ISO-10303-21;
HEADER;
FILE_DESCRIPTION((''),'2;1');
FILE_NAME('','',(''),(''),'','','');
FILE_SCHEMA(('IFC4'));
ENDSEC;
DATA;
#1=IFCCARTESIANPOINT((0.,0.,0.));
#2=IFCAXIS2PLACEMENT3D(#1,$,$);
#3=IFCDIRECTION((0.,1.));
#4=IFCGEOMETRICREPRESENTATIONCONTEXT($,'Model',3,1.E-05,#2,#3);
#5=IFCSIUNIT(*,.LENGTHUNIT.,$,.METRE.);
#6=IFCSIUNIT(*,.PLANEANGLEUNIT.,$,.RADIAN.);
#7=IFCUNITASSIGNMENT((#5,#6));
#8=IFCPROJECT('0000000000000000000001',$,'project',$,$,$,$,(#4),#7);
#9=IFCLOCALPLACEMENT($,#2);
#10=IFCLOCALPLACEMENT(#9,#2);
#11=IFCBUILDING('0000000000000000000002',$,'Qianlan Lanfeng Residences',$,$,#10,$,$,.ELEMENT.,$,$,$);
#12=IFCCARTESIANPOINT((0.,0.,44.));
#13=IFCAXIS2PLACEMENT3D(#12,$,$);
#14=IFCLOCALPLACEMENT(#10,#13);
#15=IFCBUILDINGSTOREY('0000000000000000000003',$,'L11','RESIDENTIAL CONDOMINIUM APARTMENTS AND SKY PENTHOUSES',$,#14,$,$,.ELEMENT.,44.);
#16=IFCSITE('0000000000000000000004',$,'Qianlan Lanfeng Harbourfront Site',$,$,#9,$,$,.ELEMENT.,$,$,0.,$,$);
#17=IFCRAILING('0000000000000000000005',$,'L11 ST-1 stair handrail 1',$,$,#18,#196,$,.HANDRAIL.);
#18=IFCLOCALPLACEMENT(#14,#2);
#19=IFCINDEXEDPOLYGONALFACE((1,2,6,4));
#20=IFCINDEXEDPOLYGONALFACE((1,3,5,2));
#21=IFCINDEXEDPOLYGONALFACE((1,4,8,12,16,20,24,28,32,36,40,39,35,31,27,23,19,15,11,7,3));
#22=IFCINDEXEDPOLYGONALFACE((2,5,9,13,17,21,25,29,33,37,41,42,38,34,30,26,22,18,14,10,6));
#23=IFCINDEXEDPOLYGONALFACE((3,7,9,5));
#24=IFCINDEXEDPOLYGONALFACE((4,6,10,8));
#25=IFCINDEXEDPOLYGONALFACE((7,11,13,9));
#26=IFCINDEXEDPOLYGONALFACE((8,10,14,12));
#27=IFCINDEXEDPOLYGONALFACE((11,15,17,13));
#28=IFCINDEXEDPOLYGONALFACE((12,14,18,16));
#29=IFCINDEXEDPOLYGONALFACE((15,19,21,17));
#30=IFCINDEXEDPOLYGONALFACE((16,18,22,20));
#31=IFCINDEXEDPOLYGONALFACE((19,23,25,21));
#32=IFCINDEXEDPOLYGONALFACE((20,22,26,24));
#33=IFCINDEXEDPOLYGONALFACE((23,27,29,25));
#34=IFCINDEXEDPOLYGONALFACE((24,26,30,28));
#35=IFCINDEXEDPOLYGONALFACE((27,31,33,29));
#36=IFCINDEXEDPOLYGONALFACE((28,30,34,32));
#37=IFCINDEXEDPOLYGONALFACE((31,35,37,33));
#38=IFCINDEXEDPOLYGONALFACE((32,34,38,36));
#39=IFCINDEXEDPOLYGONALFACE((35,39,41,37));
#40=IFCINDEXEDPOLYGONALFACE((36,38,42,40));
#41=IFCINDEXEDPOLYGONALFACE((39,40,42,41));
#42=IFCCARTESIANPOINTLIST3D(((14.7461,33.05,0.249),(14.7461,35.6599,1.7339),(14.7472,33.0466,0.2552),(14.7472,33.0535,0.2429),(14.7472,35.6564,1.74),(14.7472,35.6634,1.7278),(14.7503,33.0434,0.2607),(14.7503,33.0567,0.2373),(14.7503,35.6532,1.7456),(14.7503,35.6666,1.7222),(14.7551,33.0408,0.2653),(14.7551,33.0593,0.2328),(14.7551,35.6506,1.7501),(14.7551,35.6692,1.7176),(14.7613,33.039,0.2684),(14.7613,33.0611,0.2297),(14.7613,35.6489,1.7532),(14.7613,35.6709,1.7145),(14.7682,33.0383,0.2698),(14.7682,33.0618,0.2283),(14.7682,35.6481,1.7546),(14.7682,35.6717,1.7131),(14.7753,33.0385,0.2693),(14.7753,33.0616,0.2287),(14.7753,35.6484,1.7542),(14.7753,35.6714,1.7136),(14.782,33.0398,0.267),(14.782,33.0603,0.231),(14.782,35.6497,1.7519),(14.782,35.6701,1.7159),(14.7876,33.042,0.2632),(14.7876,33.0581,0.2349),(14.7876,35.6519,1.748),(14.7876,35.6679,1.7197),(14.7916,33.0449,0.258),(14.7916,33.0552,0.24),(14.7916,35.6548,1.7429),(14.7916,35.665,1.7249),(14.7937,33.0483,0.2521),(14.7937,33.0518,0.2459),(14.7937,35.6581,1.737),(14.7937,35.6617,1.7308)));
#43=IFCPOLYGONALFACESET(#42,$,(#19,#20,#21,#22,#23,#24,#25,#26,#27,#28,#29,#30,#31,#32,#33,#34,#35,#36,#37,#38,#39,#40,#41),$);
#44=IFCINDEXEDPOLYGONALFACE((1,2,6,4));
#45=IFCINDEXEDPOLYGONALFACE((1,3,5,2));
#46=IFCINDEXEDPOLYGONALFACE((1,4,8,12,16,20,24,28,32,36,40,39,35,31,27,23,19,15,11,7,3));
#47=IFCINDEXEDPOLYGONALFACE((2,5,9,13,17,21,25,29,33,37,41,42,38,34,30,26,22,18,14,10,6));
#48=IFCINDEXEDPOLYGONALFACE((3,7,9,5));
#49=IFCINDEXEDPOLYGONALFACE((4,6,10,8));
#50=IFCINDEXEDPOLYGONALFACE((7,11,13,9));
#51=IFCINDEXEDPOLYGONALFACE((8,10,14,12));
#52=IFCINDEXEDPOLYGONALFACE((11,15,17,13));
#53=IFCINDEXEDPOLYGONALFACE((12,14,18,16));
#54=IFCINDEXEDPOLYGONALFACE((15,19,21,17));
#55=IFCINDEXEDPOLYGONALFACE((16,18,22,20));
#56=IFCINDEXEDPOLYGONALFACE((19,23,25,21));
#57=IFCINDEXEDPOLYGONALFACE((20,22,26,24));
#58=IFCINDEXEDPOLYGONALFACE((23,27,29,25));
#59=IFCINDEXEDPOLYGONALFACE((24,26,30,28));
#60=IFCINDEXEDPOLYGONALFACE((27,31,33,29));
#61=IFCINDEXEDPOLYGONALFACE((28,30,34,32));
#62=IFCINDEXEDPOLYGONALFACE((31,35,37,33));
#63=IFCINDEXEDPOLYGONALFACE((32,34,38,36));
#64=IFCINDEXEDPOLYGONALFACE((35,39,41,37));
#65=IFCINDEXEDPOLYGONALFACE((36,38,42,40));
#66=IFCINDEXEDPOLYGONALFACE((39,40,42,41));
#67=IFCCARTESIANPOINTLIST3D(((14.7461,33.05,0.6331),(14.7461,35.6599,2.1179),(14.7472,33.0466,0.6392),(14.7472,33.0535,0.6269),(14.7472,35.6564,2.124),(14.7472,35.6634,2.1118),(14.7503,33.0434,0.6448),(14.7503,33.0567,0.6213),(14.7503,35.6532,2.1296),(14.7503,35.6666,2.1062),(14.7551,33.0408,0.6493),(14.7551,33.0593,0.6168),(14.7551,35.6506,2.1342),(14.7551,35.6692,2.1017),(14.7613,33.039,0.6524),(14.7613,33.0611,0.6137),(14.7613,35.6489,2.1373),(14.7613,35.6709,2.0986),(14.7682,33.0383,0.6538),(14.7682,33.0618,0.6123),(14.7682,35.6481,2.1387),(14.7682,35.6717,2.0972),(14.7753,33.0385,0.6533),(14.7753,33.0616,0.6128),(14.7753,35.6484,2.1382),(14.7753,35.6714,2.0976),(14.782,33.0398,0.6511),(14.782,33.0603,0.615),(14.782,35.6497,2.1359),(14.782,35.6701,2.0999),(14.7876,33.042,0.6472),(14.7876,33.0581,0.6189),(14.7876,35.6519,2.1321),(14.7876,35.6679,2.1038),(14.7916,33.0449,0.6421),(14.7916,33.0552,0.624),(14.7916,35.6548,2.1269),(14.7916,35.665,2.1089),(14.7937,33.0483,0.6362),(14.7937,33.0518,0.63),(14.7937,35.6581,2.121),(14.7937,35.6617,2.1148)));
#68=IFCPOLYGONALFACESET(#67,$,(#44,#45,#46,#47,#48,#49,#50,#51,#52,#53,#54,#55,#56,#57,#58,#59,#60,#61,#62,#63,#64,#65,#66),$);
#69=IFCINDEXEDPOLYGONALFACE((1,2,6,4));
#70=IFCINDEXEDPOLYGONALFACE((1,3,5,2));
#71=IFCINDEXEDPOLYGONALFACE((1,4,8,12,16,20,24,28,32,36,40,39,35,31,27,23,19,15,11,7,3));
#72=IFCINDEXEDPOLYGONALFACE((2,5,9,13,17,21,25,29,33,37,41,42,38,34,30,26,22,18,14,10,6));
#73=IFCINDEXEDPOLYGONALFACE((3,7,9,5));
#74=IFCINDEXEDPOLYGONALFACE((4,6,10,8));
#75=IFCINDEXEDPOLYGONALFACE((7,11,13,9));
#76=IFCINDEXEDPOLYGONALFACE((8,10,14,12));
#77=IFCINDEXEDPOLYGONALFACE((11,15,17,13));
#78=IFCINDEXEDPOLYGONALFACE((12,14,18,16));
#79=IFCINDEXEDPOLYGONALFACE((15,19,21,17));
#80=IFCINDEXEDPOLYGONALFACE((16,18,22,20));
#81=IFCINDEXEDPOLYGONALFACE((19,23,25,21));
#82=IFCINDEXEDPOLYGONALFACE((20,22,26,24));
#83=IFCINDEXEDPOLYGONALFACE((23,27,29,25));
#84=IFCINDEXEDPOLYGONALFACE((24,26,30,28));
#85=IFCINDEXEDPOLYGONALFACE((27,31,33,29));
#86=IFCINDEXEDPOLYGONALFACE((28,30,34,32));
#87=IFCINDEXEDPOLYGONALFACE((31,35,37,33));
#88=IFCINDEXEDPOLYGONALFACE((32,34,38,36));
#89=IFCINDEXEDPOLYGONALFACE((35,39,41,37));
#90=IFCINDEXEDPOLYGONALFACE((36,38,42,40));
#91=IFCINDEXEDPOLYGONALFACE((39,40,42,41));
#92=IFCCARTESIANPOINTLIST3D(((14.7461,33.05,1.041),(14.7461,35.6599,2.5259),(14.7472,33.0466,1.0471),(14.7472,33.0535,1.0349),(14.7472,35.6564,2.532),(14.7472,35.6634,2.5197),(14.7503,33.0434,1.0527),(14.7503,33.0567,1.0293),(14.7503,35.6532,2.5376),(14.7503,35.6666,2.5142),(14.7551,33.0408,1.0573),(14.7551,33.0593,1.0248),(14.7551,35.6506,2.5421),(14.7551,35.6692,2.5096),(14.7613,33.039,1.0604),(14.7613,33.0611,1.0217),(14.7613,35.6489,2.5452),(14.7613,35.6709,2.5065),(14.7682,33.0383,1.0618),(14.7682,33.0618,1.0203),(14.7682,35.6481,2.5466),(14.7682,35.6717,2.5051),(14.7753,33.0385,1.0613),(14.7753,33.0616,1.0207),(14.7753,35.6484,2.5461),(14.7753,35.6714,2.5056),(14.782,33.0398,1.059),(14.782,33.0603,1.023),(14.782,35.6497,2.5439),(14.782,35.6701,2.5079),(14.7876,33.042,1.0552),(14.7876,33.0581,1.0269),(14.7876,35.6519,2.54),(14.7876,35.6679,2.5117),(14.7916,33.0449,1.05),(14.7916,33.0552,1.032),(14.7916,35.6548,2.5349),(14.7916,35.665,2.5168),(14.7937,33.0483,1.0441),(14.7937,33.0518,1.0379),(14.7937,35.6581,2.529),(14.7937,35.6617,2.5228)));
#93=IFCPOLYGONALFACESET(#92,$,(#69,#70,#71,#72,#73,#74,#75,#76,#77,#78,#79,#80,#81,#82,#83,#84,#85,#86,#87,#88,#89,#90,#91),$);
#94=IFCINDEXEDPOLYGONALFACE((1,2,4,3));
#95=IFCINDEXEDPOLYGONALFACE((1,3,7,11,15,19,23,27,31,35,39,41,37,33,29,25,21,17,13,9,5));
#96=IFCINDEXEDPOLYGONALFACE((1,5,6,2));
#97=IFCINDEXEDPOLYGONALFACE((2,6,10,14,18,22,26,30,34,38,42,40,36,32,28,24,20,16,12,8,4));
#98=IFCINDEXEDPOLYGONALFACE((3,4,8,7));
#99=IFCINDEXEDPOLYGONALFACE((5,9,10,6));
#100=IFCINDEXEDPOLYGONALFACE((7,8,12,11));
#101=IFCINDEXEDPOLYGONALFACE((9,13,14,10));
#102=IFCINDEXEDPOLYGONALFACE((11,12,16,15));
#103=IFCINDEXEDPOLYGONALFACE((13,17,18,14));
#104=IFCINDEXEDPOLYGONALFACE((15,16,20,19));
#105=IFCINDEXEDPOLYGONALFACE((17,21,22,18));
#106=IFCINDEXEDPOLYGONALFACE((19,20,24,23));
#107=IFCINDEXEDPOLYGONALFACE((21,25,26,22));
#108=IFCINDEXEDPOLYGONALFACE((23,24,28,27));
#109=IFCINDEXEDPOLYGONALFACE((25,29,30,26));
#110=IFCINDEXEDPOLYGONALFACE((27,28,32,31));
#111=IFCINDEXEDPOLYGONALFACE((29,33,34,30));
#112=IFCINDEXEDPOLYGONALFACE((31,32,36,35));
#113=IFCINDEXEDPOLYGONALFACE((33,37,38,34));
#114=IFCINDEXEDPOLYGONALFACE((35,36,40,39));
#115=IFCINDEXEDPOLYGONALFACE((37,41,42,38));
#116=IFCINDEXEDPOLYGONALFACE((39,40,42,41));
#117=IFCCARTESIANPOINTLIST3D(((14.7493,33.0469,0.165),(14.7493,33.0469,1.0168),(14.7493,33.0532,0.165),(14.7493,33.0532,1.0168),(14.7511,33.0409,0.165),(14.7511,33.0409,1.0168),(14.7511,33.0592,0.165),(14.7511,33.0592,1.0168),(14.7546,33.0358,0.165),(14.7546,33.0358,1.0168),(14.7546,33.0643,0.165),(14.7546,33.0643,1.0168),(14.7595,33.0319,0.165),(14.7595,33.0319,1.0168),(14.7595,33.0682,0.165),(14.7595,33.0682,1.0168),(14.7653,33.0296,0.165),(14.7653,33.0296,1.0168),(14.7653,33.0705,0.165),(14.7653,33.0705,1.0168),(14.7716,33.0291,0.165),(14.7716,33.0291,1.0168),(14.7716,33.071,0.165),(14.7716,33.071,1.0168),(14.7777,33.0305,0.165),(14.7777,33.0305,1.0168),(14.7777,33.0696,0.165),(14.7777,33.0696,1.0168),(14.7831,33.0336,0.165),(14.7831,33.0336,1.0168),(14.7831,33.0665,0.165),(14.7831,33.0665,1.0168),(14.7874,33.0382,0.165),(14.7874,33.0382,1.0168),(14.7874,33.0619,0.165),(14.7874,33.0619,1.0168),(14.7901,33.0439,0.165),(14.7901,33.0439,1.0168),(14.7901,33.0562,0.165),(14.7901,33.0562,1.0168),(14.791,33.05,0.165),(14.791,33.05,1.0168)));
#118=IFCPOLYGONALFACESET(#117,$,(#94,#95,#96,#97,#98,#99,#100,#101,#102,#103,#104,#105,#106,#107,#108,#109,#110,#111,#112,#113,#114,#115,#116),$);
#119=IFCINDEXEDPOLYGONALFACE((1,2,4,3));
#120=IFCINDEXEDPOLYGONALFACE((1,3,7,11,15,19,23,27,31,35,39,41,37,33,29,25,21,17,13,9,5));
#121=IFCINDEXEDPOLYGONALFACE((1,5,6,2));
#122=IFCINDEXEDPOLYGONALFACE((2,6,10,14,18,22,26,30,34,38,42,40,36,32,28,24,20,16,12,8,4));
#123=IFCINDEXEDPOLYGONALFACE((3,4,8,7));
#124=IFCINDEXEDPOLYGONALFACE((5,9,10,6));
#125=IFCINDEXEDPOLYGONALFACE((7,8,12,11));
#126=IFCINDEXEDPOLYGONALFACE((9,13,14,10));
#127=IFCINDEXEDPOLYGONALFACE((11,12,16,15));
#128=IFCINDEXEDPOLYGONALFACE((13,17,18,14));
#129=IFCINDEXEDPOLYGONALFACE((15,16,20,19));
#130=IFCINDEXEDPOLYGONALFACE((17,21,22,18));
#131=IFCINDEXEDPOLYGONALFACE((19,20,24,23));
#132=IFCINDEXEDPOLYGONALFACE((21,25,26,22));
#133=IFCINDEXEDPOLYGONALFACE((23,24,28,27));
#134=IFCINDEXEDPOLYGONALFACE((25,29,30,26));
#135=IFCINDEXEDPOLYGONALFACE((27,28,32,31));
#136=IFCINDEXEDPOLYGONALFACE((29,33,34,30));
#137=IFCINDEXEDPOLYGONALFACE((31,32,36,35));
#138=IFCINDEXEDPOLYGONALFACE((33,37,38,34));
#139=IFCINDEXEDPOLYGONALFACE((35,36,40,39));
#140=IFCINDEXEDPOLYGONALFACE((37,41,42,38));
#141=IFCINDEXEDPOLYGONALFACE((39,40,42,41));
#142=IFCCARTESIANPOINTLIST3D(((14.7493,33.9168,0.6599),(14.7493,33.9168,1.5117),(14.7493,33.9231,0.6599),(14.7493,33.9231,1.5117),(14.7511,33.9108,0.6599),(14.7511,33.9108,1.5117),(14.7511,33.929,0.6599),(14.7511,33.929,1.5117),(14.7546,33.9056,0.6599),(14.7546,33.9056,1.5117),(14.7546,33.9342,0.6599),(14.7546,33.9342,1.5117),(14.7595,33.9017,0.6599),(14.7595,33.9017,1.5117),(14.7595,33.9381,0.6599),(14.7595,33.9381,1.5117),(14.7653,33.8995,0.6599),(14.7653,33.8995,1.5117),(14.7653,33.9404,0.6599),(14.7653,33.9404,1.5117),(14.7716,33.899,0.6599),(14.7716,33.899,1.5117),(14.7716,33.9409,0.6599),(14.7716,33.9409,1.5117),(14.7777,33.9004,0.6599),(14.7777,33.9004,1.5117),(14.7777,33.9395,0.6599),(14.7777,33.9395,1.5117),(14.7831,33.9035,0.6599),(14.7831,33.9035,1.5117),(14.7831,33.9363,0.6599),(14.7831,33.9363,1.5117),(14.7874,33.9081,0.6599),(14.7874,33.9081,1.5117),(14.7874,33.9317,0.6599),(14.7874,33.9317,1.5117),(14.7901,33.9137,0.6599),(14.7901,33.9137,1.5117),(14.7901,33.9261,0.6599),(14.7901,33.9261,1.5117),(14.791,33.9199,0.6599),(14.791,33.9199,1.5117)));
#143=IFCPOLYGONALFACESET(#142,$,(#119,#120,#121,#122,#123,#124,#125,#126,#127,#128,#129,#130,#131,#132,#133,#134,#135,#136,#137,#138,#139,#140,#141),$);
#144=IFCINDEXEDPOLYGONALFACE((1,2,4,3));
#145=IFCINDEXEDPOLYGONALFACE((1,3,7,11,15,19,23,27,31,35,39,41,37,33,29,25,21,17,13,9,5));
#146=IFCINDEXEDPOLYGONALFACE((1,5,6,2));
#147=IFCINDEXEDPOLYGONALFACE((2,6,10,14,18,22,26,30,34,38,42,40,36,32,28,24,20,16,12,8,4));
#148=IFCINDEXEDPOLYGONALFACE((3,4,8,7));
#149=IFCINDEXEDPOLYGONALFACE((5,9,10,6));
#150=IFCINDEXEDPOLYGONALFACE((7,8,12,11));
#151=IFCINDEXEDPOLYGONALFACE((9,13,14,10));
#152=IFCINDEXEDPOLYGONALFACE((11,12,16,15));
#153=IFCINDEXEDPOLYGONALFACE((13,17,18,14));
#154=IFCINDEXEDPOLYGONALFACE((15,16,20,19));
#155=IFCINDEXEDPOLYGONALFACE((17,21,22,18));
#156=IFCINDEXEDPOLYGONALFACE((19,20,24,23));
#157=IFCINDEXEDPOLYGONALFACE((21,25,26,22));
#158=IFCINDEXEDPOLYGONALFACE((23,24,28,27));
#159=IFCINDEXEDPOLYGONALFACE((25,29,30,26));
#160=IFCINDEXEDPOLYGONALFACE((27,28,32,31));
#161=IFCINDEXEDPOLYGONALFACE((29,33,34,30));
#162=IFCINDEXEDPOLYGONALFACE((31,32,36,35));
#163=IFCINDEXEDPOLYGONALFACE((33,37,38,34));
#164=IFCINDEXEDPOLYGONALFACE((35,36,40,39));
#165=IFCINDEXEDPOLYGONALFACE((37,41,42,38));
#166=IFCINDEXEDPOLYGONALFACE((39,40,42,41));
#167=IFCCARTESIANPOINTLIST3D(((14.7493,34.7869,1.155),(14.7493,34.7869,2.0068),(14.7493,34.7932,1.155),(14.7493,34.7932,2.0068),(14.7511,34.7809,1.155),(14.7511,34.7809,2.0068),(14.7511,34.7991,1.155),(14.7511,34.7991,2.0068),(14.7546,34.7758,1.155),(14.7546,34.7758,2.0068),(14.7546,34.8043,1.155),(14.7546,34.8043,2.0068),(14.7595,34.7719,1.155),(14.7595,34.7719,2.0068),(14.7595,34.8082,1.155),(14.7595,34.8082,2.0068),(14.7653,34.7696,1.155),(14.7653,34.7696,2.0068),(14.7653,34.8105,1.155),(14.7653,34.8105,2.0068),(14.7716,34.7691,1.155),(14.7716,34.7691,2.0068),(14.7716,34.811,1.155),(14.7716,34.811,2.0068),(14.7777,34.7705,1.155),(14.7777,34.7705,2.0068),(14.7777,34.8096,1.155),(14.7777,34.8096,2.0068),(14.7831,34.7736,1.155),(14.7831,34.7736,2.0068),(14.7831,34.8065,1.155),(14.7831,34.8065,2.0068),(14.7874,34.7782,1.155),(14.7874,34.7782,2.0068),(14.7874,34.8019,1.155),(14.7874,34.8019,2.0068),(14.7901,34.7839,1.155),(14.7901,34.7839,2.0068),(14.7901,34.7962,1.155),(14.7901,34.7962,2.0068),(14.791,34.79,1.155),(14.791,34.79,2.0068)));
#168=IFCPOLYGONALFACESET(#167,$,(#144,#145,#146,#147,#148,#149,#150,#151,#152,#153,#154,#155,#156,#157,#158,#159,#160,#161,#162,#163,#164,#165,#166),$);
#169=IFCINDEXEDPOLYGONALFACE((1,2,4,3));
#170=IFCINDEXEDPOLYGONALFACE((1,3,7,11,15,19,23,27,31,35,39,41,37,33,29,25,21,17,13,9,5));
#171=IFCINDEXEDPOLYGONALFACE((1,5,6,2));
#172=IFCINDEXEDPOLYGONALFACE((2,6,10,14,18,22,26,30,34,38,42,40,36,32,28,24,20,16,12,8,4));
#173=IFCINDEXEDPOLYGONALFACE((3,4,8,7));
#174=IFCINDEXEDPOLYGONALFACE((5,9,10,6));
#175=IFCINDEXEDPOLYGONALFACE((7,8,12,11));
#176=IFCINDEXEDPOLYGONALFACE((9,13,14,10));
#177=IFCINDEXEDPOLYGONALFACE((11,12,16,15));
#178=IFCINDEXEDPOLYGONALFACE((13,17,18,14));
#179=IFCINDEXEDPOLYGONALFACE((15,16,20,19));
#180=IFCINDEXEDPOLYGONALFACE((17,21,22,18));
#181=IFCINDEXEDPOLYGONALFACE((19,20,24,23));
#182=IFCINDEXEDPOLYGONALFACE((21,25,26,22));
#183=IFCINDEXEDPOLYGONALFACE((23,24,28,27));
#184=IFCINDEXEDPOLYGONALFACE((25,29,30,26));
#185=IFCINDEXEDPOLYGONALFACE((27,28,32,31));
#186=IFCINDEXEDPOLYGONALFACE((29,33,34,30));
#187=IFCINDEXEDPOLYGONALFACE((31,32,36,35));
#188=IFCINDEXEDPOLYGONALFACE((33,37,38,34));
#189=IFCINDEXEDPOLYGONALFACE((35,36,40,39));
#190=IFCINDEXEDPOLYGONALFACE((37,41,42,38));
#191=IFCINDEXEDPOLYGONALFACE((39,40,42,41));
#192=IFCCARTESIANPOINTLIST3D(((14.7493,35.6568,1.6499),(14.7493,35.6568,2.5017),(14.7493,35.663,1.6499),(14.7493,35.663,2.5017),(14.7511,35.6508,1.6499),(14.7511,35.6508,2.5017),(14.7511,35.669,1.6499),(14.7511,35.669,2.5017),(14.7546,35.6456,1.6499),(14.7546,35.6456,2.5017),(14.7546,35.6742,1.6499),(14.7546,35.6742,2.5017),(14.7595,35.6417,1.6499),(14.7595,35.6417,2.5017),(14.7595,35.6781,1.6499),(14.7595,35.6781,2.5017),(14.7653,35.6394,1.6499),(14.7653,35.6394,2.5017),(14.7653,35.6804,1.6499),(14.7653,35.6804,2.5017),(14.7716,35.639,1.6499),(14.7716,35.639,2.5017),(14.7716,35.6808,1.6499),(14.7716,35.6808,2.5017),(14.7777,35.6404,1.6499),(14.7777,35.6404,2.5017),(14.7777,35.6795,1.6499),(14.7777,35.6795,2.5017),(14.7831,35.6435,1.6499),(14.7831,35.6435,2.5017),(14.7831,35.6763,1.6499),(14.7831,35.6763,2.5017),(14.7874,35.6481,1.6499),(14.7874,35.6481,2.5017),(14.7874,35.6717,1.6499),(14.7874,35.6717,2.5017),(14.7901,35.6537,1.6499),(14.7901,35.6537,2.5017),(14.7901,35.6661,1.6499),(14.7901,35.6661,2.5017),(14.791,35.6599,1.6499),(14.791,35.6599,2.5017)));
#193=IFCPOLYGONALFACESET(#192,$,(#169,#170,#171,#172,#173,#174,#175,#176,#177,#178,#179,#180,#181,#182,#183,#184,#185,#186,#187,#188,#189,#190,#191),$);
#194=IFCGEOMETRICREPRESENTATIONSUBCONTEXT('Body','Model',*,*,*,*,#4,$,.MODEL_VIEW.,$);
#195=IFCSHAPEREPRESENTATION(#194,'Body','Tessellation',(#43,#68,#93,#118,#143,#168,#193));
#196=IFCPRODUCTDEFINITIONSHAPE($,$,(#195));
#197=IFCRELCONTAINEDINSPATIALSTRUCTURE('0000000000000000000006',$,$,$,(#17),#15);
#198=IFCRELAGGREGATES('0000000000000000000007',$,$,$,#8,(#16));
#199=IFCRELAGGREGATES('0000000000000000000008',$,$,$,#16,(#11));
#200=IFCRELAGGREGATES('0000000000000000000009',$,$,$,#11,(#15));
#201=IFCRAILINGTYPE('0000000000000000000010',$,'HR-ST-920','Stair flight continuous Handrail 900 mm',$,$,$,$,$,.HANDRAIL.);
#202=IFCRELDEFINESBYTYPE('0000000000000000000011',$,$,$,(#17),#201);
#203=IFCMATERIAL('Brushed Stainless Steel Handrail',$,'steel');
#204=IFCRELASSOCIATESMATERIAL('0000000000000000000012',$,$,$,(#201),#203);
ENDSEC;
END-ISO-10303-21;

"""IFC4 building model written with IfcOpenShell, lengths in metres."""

from ifc_helpers import new_model, si_unit, direction, frame, origin, origin_2d, place, context, subcontext, project, spatial, circle, extrude, material, type_object, element, save


model = new_model("IFC4")

# Units and contexts
model_context = context("Model", 3, precision=1e-05, world=origin(), true_north=direction((0.0, 1.0)))
body_context = subcontext(model_context, "Body", "Model", "MODEL_VIEW")
ifc_project = project(units=[si_unit("LENGTHUNIT", "METRE"), si_unit("PLANEANGLEUNIT", "RADIAN")], contexts=[model_context])

# Site, building, storey
site_placement = place(None, origin())
site = spatial("IfcSite", under=ifc_project, at=site_placement, Name="Qianlan Lanfeng Harbourfront Site", CompositionType="ELEMENT", RefElevation=0.0)
building_placement = place(site_placement, origin())
building = spatial("IfcBuilding", under=site, at=building_placement, Name="Qianlan Lanfeng Residences", CompositionType="ELEMENT")
storey_placement = place(building_placement, frame((0.0, 0.0, 44.0)))
storey = spatial("IfcBuildingStorey", under=building, at=storey_placement, Name="L11", Description="RESIDENTIAL CONDOMINIUM APARTMENTS AND SKY PENTHOUSES", CompositionType="ELEMENT", Elevation=44.0)

# Railing
ifc_material_1 = material(Name="Brushed Stainless Steel Handrail", Category="steel")
railing_type_1 = type_object("IfcRailingType", Name="HR-ST-920", Description="Stair flight continuous Handrail 900 mm", PredefinedType="HANDRAIL", material=ifc_material_1)
railing_1_placement = place(storey_placement, frame((14.77, 33.05, 0.165)))
element("IfcRailing", 1, at=railing_1_placement, inside=storey, type_object=railing_type_1, Name="L11 ST-1 stair handrail 1", PredefinedType="HANDRAIL", context=body_context, shape_type="SweptSolid", body=[
    extrude(circle(Radius=0.0239, at=origin_2d()), frame((0.0, 0.0, 0.084), z_axis=(0.0, 0.869172, 0.494509), x_axis=(-1.0, 0.0, 0.0)), (0.0, 0.0, 1.0), 3.0027),
    extrude(circle(Radius=0.0239, at=origin_2d()), frame((0.0, 0.0, 0.468), z_axis=(0.0, 0.869172, 0.494509), x_axis=(-1.0, 0.0, 0.0)), (0.0, 0.0, 1.0), 3.0027),
    extrude(circle(Radius=0.0239, at=origin_2d()), frame((0.0, 0.0, 0.876), z_axis=(0.0, 0.869172, 0.494509), x_axis=(-1.0, 0.0, 0.0)), (0.0, 0.0, 1.0), 3.0027),
    extrude(circle(Radius=0.021, at=origin_2d()), origin(), (0.0, 0.0, 1.0), 0.8518),
    extrude(circle(Radius=0.021, at=origin_2d()), frame((0.0, 0.8699, 0.4949)), (0.0, 0.0, 1.0), 0.8518),
    extrude(circle(Radius=0.021, at=origin_2d()), frame((0.0, 1.74, 0.99)), (0.0, 0.0, 1.0), 0.8518),
    extrude(circle(Radius=0.021, at=origin_2d()), frame((0.0, 2.6099, 1.4849)), (0.0, 0.0, 1.0), 0.8518),
])

save(model, "model.ifc")
